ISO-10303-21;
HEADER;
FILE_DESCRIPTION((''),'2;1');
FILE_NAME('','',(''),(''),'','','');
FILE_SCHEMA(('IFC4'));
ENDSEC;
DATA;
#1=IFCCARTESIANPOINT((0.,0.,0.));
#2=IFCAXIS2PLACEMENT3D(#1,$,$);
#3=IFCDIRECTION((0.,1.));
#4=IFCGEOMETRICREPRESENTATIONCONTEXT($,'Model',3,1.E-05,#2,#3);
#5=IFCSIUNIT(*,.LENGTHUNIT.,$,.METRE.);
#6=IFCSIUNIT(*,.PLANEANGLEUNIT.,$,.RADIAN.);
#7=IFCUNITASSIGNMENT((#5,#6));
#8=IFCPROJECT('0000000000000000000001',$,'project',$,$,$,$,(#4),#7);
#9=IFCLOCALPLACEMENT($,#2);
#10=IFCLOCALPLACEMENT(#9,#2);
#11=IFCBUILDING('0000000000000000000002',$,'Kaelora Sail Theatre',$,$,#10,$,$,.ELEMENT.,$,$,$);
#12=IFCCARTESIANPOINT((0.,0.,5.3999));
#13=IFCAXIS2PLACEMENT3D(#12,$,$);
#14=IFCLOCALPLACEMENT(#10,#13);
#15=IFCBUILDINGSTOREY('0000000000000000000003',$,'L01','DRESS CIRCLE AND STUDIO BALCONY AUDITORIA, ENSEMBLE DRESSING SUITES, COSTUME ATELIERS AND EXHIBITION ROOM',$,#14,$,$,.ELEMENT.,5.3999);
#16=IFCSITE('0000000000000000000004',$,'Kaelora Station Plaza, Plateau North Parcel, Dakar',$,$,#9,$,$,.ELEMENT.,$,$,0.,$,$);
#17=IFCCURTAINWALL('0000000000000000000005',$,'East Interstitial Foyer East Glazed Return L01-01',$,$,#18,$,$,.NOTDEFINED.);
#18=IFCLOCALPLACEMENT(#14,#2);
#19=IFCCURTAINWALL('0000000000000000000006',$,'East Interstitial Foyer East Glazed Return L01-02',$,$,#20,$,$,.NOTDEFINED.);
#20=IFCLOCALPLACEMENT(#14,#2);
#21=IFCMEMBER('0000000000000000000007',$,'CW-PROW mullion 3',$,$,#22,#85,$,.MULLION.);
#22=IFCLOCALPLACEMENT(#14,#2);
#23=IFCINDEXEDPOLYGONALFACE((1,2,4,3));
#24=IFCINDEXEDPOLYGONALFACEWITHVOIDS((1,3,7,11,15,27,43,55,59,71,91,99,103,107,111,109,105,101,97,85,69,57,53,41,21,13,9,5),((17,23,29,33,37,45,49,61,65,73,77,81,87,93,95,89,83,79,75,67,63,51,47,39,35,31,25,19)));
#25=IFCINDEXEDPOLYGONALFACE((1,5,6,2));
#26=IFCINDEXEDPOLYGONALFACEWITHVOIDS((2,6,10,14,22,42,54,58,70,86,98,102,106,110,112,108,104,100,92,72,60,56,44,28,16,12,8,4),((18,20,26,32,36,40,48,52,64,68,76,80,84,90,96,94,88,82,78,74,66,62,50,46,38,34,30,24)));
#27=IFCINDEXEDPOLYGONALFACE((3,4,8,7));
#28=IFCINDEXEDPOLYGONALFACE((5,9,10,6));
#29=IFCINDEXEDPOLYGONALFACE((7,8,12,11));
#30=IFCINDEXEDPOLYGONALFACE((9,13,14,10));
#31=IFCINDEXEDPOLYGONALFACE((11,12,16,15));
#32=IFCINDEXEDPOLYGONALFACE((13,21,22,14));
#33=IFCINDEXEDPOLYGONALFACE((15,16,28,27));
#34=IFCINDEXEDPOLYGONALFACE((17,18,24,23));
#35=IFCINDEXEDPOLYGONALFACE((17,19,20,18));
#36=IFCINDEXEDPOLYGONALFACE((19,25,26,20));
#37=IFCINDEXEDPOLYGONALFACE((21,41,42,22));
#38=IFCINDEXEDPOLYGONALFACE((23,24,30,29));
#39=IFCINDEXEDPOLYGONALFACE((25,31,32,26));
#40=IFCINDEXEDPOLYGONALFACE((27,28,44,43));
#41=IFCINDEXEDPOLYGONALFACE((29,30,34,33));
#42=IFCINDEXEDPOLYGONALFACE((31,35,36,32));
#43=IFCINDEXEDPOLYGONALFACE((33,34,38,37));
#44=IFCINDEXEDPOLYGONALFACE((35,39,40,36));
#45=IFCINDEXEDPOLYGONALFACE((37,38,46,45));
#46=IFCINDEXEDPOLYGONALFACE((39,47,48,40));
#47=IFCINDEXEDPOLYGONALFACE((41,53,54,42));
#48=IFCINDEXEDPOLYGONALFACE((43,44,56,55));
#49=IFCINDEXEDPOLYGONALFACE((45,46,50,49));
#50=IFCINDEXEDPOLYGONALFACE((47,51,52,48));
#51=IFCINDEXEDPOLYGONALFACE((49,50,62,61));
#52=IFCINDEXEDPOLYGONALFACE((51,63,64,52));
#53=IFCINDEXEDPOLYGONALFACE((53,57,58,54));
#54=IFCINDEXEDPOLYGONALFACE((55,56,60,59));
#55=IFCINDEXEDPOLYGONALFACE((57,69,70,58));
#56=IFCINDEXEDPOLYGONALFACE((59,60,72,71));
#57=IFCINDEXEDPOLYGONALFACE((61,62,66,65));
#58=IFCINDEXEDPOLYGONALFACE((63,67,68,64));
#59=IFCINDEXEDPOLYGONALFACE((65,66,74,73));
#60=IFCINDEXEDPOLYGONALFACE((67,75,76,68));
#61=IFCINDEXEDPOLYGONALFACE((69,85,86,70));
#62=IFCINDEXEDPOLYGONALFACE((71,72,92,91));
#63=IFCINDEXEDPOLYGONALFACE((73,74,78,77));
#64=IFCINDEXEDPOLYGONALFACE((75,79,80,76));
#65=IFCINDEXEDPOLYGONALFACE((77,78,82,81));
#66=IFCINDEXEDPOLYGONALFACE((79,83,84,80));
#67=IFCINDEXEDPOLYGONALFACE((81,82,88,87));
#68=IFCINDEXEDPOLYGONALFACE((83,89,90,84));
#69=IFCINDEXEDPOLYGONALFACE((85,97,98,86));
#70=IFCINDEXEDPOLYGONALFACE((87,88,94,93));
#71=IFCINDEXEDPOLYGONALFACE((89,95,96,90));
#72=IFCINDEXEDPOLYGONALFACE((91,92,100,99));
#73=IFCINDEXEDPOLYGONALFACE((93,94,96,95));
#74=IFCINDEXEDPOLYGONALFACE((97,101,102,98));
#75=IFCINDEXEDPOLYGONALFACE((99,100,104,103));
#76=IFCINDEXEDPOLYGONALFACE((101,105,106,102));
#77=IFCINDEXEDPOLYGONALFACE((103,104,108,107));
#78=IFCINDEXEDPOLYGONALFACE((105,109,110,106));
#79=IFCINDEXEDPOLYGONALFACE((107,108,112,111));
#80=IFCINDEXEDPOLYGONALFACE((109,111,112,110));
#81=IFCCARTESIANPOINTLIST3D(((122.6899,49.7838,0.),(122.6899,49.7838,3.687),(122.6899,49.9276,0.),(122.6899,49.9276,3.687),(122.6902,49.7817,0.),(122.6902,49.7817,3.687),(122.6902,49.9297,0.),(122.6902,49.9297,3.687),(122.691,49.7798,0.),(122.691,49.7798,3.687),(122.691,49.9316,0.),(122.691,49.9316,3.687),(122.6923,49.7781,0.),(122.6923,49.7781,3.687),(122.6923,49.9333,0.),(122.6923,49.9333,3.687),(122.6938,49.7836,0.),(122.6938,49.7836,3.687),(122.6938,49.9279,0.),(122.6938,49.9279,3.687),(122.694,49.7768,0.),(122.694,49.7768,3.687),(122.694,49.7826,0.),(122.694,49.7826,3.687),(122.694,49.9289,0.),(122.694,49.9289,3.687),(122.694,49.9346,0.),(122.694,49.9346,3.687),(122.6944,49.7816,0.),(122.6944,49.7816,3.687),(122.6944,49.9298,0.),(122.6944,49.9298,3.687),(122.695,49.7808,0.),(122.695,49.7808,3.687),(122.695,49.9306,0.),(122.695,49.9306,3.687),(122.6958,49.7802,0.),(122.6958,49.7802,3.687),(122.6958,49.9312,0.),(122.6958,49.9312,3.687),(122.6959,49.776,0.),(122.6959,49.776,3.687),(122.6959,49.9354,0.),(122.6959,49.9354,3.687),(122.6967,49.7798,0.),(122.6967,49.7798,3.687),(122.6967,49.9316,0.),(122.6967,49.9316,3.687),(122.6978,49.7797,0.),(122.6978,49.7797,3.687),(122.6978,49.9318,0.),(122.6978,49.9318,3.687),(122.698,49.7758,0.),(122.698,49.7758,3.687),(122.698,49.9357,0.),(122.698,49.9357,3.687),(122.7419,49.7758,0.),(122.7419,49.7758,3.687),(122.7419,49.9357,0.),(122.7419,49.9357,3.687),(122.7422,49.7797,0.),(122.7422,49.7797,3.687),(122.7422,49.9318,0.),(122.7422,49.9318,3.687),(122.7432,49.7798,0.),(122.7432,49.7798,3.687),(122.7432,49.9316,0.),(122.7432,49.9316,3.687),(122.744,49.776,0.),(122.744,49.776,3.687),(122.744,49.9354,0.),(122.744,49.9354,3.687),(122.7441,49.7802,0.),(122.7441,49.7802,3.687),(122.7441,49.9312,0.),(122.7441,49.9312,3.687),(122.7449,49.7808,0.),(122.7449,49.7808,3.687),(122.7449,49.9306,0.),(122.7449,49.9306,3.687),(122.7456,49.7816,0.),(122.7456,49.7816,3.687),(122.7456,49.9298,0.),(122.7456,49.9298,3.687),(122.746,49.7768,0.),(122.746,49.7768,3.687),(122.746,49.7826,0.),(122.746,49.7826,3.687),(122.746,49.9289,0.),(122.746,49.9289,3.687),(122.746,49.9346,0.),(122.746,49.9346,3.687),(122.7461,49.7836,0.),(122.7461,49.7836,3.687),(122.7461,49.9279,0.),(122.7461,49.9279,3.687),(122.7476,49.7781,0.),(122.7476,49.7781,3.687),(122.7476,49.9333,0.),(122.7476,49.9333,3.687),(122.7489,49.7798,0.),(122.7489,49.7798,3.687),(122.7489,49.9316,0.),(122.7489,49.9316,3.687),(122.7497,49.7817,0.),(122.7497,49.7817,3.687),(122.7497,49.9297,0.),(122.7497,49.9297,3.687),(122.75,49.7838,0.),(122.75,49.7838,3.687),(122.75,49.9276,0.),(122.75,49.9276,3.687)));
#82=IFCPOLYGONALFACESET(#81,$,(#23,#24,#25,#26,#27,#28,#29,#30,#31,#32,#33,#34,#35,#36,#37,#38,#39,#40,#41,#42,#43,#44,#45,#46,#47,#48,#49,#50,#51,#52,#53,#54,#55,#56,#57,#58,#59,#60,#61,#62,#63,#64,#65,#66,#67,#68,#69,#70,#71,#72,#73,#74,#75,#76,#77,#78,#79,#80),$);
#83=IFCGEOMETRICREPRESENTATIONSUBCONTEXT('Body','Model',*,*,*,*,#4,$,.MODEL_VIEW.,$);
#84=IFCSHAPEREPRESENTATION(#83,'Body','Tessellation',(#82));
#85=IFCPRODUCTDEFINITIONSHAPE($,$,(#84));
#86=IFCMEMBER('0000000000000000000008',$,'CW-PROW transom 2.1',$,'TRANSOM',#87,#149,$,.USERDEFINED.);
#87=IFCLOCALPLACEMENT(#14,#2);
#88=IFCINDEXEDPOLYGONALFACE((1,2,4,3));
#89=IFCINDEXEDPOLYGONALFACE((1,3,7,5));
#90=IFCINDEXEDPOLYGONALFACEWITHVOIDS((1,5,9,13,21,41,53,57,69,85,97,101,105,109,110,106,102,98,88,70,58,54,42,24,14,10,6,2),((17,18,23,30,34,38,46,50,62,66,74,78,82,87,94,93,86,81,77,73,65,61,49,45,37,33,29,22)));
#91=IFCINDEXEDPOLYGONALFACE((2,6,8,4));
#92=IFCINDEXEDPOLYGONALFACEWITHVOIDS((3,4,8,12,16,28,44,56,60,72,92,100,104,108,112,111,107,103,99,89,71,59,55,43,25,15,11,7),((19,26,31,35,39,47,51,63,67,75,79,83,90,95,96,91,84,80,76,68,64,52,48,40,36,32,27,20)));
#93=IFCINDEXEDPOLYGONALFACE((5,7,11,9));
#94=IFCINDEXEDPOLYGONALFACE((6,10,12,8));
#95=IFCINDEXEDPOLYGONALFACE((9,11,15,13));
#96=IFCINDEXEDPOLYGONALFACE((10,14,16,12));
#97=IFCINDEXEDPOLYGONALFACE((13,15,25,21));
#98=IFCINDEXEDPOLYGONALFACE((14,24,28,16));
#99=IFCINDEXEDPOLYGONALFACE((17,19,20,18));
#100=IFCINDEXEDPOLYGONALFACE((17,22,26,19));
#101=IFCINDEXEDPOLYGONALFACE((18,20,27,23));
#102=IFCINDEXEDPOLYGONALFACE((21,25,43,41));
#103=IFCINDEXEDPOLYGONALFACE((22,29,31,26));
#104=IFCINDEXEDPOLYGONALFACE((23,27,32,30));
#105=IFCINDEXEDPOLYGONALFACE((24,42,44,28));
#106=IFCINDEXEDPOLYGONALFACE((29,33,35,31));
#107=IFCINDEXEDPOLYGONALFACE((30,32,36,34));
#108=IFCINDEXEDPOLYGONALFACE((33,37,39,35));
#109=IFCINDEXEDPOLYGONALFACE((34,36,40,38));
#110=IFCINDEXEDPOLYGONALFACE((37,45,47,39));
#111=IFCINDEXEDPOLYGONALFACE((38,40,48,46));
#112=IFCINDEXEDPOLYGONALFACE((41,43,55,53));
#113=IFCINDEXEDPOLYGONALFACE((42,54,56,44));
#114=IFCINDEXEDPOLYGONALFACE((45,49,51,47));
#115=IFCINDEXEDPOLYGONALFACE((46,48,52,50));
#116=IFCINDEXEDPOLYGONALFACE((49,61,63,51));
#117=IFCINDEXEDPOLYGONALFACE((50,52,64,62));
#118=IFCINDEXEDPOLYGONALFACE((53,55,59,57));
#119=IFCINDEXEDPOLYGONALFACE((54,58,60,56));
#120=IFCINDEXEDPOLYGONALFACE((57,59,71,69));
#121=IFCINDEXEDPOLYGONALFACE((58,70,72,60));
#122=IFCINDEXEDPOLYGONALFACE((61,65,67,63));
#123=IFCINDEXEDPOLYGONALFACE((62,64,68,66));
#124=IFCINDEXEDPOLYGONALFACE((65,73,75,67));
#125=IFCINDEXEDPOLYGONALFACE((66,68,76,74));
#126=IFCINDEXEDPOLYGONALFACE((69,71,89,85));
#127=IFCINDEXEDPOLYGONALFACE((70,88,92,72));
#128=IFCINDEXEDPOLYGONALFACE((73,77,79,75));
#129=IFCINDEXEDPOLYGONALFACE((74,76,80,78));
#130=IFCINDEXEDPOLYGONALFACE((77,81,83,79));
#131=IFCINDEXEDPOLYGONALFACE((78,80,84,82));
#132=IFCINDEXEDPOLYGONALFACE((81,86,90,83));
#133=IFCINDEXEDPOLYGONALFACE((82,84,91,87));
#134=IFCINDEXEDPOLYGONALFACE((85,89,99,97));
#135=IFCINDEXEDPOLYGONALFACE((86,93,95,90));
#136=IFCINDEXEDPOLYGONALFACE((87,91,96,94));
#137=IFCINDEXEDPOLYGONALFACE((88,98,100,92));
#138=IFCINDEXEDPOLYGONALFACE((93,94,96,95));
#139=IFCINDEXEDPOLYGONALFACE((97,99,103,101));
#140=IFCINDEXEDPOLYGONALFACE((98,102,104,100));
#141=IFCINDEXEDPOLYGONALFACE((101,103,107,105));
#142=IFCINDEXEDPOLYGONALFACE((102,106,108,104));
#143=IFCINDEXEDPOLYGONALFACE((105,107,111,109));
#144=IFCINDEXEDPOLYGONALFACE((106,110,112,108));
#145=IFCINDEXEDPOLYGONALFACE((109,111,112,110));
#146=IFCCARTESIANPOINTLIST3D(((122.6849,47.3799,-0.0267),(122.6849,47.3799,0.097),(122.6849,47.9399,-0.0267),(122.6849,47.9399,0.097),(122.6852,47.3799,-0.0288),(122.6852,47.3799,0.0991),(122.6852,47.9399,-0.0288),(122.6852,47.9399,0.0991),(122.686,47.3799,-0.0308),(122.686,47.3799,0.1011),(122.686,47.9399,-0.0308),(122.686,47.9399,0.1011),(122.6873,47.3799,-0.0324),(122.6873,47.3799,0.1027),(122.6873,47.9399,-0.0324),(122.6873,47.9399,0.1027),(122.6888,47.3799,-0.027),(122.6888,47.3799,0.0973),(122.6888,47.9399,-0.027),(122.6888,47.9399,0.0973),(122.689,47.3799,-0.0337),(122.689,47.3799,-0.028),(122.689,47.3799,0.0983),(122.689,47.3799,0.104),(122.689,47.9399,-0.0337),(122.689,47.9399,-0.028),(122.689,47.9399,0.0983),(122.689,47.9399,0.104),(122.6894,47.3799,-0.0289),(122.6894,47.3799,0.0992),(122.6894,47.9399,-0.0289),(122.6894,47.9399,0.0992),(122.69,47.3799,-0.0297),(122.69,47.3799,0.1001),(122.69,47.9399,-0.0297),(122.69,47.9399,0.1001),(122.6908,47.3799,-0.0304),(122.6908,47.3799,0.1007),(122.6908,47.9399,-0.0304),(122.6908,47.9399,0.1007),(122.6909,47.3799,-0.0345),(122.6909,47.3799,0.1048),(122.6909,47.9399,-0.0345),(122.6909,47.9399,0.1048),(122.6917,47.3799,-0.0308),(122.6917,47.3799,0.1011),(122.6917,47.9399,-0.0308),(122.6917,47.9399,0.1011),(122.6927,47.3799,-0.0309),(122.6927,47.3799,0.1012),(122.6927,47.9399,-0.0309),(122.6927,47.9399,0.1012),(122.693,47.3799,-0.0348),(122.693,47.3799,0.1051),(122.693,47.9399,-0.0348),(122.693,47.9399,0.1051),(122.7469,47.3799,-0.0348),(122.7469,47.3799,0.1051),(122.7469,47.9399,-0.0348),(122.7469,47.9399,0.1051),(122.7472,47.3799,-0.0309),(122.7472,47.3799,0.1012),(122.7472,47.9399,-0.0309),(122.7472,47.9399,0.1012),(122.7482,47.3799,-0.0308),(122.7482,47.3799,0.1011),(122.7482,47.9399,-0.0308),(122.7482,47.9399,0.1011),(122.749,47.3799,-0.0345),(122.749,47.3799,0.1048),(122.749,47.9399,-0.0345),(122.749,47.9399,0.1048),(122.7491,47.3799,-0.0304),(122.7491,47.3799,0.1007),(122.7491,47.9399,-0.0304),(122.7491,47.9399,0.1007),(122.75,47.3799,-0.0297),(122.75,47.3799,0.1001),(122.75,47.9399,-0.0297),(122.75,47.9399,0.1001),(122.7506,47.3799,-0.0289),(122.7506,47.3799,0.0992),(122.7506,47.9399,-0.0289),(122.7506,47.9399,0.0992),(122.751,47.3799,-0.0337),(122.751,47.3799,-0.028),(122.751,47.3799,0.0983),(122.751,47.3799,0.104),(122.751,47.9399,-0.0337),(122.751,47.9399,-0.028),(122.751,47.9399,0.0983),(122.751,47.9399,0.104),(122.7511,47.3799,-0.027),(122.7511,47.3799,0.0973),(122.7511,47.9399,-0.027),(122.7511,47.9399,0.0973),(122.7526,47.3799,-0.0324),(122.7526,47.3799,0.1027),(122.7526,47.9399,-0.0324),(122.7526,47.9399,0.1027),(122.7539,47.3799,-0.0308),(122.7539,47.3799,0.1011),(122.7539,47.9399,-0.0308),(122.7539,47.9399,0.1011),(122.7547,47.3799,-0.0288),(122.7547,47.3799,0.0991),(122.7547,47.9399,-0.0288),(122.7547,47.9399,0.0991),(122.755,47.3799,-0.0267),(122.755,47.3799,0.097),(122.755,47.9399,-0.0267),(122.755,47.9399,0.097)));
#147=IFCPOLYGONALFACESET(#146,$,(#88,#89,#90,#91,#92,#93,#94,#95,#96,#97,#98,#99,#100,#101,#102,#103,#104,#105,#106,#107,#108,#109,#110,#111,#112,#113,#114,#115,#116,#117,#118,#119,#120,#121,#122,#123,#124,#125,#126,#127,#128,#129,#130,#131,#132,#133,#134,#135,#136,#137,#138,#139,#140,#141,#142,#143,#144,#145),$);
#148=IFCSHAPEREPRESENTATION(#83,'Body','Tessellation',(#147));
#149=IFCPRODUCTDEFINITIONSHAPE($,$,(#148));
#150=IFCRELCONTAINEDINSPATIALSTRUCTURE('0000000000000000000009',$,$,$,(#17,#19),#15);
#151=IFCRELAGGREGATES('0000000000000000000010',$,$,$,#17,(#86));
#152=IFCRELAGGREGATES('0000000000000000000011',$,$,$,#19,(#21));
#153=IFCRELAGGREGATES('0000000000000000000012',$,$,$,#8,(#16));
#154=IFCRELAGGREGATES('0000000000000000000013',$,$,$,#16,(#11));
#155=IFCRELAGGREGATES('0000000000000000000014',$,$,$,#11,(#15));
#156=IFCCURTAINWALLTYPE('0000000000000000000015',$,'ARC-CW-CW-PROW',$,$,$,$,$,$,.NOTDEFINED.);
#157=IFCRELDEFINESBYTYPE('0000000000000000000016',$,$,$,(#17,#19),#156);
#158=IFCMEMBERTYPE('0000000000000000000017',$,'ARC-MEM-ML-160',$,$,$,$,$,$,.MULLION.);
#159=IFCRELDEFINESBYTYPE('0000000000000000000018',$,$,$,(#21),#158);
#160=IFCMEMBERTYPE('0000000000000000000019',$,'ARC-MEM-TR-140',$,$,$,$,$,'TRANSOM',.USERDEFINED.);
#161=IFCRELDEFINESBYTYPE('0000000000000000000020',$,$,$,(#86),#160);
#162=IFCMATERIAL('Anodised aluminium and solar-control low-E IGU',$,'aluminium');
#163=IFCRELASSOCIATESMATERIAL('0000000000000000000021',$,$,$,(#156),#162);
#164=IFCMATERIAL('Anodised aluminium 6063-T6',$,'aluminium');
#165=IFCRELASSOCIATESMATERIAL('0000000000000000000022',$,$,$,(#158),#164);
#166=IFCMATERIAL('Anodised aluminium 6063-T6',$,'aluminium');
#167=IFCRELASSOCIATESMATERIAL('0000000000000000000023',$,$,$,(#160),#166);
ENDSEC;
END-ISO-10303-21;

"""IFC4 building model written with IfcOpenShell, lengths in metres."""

from ifc_helpers import new_model, si_unit, direction, frame, origin, origin_2d, place, context, subcontext, project, spatial, hollow_rectangle, extrude, material, material_profile, profile_set, type_object, element, aggregate, save


model = new_model("IFC4")

# Units and contexts
model_context = context("Model", 3, precision=1e-05, world=origin(), true_north=direction((0.0, 1.0)))
body_context = subcontext(model_context, "Body", "Model", "MODEL_VIEW")
ifc_project = project(units=[si_unit("LENGTHUNIT", "METRE"), si_unit("PLANEANGLEUNIT", "RADIAN")], contexts=[model_context])

# Site, building, storey
site_placement = place(None, origin())
site = spatial("IfcSite", under=ifc_project, at=site_placement, Name="Kaelora Station Plaza, Plateau North Parcel, Dakar", CompositionType="ELEMENT", RefElevation=0.0)
building_placement = place(site_placement, origin())
building = spatial("IfcBuilding", under=site, at=building_placement, Name="Kaelora Sail Theatre", CompositionType="ELEMENT")
storey_placement = place(building_placement, frame((0.0, 0.0, 5.3999)))
storey = spatial("IfcBuildingStorey", under=building, at=storey_placement, Name="L01", Description="DRESS CIRCLE AND STUDIO BALCONY AUDITORIA, ENSEMBLE DRESSING SUITES, COSTUME ATELIERS AND EXHIBITION ROOM", CompositionType="ELEMENT", Elevation=5.3999)

# Curtain walls, member
ifc_material_1 = material(Name="Anodised aluminium and solar-control low-E IGU", Category="aluminium")
curtain_wall_type = type_object("IfcCurtainWallType", Name="ARC-CW-CW-PROW", PredefinedType="NOTDEFINED", material=ifc_material_1)
curtain_wall_1_placement = place(storey_placement, origin())
curtain_wall_1 = element("IfcCurtainWall", 1, at=curtain_wall_1_placement, inside=storey, type_object=curtain_wall_type, Name="East Interstitial Foyer East Glazed Return L01-01", PredefinedType="NOTDEFINED")
ifc_material_2 = material(Name="Anodised aluminium 6063-T6", Category="aluminium")
ifc_material_profile_1 = material_profile(ifc_material_2, hollow_rectangle(XDim=0.0601, YDim=0.1599, WallThickness=0.0039, InnerFilletRadius=0.0039, OuterFilletRadius=0.0081, at=origin_2d()), Name="ALU-MULL 60x160x4")
ifc_profile_set_1 = profile_set([ifc_material_profile_1], Name="Anodised aluminium 6063-T6")
member_type_1 = type_object("IfcMemberType", Name="ARC-MEM-ML-160", PredefinedType="MULLION", material=ifc_profile_set_1)
curtain_wall_2_placement = place(storey_placement, origin())
curtain_wall_2 = element("IfcCurtainWall", 2, at=curtain_wall_2_placement, inside=storey, type_object=curtain_wall_type, Name="East Interstitial Foyer East Glazed Return L01-02", PredefinedType="NOTDEFINED")
member_1_placement = place(storey_placement, frame((122.72, 49.8557, 0.0), z_axis=(0.0, 0.0, 1.0), x_axis=(-1.0, 0.0, 0.0)))
member_1 = element("IfcMember", 3, at=member_1_placement, type_object=member_type_1, Name="CW-PROW mullion 3", PredefinedType="MULLION", context=body_context, shape_type="SweptSolid", body=[
    extrude(hollow_rectangle(XDim=0.0601, YDim=0.1599, WallThickness=0.0039, InnerFilletRadius=0.0039, OuterFilletRadius=0.0081, at=origin_2d()), origin(), (0.0, 0.0, 1.0), 3.687),
])

# Member
ifc_material_3 = material(Name="Anodised aluminium 6063-T6", Category="aluminium")
ifc_material_profile_2 = material_profile(ifc_material_3, hollow_rectangle(XDim=0.0701, YDim=0.1399, WallThickness=0.0039, InnerFilletRadius=0.0039, OuterFilletRadius=0.0081, at=origin_2d()), Name="ALU-TRAN 70x140x4")
ifc_profile_set_2 = profile_set([ifc_material_profile_2], Name="Anodised aluminium 6063-T6")
member_type_2 = type_object("IfcMemberType", Name="ARC-MEM-TR-140", ElementType="TRANSOM", PredefinedType="USERDEFINED", material=ifc_profile_set_2)
member_2_placement = place(storey_placement, frame((122.72, 47.3799, 0.0352), z_axis=(0.0, 1.0, 0.0), x_axis=(-1.0, 0.0, 0.0)))
member_2 = element("IfcMember", 4, at=member_2_placement, type_object=member_type_2, Name="CW-PROW transom 2.1", ObjectType="TRANSOM", PredefinedType="USERDEFINED", context=body_context, shape_type="SweptSolid", body=[
    extrude(hollow_rectangle(XDim=0.0701, YDim=0.1399, WallThickness=0.0039, InnerFilletRadius=0.0039, OuterFilletRadius=0.0081, at=origin_2d()), origin(), (0.0, 0.0, 1.0), 0.5601),
])

aggregate(curtain_wall_1, [member_2])
aggregate(curtain_wall_2, [member_1])

save(model, "model.ifc")
